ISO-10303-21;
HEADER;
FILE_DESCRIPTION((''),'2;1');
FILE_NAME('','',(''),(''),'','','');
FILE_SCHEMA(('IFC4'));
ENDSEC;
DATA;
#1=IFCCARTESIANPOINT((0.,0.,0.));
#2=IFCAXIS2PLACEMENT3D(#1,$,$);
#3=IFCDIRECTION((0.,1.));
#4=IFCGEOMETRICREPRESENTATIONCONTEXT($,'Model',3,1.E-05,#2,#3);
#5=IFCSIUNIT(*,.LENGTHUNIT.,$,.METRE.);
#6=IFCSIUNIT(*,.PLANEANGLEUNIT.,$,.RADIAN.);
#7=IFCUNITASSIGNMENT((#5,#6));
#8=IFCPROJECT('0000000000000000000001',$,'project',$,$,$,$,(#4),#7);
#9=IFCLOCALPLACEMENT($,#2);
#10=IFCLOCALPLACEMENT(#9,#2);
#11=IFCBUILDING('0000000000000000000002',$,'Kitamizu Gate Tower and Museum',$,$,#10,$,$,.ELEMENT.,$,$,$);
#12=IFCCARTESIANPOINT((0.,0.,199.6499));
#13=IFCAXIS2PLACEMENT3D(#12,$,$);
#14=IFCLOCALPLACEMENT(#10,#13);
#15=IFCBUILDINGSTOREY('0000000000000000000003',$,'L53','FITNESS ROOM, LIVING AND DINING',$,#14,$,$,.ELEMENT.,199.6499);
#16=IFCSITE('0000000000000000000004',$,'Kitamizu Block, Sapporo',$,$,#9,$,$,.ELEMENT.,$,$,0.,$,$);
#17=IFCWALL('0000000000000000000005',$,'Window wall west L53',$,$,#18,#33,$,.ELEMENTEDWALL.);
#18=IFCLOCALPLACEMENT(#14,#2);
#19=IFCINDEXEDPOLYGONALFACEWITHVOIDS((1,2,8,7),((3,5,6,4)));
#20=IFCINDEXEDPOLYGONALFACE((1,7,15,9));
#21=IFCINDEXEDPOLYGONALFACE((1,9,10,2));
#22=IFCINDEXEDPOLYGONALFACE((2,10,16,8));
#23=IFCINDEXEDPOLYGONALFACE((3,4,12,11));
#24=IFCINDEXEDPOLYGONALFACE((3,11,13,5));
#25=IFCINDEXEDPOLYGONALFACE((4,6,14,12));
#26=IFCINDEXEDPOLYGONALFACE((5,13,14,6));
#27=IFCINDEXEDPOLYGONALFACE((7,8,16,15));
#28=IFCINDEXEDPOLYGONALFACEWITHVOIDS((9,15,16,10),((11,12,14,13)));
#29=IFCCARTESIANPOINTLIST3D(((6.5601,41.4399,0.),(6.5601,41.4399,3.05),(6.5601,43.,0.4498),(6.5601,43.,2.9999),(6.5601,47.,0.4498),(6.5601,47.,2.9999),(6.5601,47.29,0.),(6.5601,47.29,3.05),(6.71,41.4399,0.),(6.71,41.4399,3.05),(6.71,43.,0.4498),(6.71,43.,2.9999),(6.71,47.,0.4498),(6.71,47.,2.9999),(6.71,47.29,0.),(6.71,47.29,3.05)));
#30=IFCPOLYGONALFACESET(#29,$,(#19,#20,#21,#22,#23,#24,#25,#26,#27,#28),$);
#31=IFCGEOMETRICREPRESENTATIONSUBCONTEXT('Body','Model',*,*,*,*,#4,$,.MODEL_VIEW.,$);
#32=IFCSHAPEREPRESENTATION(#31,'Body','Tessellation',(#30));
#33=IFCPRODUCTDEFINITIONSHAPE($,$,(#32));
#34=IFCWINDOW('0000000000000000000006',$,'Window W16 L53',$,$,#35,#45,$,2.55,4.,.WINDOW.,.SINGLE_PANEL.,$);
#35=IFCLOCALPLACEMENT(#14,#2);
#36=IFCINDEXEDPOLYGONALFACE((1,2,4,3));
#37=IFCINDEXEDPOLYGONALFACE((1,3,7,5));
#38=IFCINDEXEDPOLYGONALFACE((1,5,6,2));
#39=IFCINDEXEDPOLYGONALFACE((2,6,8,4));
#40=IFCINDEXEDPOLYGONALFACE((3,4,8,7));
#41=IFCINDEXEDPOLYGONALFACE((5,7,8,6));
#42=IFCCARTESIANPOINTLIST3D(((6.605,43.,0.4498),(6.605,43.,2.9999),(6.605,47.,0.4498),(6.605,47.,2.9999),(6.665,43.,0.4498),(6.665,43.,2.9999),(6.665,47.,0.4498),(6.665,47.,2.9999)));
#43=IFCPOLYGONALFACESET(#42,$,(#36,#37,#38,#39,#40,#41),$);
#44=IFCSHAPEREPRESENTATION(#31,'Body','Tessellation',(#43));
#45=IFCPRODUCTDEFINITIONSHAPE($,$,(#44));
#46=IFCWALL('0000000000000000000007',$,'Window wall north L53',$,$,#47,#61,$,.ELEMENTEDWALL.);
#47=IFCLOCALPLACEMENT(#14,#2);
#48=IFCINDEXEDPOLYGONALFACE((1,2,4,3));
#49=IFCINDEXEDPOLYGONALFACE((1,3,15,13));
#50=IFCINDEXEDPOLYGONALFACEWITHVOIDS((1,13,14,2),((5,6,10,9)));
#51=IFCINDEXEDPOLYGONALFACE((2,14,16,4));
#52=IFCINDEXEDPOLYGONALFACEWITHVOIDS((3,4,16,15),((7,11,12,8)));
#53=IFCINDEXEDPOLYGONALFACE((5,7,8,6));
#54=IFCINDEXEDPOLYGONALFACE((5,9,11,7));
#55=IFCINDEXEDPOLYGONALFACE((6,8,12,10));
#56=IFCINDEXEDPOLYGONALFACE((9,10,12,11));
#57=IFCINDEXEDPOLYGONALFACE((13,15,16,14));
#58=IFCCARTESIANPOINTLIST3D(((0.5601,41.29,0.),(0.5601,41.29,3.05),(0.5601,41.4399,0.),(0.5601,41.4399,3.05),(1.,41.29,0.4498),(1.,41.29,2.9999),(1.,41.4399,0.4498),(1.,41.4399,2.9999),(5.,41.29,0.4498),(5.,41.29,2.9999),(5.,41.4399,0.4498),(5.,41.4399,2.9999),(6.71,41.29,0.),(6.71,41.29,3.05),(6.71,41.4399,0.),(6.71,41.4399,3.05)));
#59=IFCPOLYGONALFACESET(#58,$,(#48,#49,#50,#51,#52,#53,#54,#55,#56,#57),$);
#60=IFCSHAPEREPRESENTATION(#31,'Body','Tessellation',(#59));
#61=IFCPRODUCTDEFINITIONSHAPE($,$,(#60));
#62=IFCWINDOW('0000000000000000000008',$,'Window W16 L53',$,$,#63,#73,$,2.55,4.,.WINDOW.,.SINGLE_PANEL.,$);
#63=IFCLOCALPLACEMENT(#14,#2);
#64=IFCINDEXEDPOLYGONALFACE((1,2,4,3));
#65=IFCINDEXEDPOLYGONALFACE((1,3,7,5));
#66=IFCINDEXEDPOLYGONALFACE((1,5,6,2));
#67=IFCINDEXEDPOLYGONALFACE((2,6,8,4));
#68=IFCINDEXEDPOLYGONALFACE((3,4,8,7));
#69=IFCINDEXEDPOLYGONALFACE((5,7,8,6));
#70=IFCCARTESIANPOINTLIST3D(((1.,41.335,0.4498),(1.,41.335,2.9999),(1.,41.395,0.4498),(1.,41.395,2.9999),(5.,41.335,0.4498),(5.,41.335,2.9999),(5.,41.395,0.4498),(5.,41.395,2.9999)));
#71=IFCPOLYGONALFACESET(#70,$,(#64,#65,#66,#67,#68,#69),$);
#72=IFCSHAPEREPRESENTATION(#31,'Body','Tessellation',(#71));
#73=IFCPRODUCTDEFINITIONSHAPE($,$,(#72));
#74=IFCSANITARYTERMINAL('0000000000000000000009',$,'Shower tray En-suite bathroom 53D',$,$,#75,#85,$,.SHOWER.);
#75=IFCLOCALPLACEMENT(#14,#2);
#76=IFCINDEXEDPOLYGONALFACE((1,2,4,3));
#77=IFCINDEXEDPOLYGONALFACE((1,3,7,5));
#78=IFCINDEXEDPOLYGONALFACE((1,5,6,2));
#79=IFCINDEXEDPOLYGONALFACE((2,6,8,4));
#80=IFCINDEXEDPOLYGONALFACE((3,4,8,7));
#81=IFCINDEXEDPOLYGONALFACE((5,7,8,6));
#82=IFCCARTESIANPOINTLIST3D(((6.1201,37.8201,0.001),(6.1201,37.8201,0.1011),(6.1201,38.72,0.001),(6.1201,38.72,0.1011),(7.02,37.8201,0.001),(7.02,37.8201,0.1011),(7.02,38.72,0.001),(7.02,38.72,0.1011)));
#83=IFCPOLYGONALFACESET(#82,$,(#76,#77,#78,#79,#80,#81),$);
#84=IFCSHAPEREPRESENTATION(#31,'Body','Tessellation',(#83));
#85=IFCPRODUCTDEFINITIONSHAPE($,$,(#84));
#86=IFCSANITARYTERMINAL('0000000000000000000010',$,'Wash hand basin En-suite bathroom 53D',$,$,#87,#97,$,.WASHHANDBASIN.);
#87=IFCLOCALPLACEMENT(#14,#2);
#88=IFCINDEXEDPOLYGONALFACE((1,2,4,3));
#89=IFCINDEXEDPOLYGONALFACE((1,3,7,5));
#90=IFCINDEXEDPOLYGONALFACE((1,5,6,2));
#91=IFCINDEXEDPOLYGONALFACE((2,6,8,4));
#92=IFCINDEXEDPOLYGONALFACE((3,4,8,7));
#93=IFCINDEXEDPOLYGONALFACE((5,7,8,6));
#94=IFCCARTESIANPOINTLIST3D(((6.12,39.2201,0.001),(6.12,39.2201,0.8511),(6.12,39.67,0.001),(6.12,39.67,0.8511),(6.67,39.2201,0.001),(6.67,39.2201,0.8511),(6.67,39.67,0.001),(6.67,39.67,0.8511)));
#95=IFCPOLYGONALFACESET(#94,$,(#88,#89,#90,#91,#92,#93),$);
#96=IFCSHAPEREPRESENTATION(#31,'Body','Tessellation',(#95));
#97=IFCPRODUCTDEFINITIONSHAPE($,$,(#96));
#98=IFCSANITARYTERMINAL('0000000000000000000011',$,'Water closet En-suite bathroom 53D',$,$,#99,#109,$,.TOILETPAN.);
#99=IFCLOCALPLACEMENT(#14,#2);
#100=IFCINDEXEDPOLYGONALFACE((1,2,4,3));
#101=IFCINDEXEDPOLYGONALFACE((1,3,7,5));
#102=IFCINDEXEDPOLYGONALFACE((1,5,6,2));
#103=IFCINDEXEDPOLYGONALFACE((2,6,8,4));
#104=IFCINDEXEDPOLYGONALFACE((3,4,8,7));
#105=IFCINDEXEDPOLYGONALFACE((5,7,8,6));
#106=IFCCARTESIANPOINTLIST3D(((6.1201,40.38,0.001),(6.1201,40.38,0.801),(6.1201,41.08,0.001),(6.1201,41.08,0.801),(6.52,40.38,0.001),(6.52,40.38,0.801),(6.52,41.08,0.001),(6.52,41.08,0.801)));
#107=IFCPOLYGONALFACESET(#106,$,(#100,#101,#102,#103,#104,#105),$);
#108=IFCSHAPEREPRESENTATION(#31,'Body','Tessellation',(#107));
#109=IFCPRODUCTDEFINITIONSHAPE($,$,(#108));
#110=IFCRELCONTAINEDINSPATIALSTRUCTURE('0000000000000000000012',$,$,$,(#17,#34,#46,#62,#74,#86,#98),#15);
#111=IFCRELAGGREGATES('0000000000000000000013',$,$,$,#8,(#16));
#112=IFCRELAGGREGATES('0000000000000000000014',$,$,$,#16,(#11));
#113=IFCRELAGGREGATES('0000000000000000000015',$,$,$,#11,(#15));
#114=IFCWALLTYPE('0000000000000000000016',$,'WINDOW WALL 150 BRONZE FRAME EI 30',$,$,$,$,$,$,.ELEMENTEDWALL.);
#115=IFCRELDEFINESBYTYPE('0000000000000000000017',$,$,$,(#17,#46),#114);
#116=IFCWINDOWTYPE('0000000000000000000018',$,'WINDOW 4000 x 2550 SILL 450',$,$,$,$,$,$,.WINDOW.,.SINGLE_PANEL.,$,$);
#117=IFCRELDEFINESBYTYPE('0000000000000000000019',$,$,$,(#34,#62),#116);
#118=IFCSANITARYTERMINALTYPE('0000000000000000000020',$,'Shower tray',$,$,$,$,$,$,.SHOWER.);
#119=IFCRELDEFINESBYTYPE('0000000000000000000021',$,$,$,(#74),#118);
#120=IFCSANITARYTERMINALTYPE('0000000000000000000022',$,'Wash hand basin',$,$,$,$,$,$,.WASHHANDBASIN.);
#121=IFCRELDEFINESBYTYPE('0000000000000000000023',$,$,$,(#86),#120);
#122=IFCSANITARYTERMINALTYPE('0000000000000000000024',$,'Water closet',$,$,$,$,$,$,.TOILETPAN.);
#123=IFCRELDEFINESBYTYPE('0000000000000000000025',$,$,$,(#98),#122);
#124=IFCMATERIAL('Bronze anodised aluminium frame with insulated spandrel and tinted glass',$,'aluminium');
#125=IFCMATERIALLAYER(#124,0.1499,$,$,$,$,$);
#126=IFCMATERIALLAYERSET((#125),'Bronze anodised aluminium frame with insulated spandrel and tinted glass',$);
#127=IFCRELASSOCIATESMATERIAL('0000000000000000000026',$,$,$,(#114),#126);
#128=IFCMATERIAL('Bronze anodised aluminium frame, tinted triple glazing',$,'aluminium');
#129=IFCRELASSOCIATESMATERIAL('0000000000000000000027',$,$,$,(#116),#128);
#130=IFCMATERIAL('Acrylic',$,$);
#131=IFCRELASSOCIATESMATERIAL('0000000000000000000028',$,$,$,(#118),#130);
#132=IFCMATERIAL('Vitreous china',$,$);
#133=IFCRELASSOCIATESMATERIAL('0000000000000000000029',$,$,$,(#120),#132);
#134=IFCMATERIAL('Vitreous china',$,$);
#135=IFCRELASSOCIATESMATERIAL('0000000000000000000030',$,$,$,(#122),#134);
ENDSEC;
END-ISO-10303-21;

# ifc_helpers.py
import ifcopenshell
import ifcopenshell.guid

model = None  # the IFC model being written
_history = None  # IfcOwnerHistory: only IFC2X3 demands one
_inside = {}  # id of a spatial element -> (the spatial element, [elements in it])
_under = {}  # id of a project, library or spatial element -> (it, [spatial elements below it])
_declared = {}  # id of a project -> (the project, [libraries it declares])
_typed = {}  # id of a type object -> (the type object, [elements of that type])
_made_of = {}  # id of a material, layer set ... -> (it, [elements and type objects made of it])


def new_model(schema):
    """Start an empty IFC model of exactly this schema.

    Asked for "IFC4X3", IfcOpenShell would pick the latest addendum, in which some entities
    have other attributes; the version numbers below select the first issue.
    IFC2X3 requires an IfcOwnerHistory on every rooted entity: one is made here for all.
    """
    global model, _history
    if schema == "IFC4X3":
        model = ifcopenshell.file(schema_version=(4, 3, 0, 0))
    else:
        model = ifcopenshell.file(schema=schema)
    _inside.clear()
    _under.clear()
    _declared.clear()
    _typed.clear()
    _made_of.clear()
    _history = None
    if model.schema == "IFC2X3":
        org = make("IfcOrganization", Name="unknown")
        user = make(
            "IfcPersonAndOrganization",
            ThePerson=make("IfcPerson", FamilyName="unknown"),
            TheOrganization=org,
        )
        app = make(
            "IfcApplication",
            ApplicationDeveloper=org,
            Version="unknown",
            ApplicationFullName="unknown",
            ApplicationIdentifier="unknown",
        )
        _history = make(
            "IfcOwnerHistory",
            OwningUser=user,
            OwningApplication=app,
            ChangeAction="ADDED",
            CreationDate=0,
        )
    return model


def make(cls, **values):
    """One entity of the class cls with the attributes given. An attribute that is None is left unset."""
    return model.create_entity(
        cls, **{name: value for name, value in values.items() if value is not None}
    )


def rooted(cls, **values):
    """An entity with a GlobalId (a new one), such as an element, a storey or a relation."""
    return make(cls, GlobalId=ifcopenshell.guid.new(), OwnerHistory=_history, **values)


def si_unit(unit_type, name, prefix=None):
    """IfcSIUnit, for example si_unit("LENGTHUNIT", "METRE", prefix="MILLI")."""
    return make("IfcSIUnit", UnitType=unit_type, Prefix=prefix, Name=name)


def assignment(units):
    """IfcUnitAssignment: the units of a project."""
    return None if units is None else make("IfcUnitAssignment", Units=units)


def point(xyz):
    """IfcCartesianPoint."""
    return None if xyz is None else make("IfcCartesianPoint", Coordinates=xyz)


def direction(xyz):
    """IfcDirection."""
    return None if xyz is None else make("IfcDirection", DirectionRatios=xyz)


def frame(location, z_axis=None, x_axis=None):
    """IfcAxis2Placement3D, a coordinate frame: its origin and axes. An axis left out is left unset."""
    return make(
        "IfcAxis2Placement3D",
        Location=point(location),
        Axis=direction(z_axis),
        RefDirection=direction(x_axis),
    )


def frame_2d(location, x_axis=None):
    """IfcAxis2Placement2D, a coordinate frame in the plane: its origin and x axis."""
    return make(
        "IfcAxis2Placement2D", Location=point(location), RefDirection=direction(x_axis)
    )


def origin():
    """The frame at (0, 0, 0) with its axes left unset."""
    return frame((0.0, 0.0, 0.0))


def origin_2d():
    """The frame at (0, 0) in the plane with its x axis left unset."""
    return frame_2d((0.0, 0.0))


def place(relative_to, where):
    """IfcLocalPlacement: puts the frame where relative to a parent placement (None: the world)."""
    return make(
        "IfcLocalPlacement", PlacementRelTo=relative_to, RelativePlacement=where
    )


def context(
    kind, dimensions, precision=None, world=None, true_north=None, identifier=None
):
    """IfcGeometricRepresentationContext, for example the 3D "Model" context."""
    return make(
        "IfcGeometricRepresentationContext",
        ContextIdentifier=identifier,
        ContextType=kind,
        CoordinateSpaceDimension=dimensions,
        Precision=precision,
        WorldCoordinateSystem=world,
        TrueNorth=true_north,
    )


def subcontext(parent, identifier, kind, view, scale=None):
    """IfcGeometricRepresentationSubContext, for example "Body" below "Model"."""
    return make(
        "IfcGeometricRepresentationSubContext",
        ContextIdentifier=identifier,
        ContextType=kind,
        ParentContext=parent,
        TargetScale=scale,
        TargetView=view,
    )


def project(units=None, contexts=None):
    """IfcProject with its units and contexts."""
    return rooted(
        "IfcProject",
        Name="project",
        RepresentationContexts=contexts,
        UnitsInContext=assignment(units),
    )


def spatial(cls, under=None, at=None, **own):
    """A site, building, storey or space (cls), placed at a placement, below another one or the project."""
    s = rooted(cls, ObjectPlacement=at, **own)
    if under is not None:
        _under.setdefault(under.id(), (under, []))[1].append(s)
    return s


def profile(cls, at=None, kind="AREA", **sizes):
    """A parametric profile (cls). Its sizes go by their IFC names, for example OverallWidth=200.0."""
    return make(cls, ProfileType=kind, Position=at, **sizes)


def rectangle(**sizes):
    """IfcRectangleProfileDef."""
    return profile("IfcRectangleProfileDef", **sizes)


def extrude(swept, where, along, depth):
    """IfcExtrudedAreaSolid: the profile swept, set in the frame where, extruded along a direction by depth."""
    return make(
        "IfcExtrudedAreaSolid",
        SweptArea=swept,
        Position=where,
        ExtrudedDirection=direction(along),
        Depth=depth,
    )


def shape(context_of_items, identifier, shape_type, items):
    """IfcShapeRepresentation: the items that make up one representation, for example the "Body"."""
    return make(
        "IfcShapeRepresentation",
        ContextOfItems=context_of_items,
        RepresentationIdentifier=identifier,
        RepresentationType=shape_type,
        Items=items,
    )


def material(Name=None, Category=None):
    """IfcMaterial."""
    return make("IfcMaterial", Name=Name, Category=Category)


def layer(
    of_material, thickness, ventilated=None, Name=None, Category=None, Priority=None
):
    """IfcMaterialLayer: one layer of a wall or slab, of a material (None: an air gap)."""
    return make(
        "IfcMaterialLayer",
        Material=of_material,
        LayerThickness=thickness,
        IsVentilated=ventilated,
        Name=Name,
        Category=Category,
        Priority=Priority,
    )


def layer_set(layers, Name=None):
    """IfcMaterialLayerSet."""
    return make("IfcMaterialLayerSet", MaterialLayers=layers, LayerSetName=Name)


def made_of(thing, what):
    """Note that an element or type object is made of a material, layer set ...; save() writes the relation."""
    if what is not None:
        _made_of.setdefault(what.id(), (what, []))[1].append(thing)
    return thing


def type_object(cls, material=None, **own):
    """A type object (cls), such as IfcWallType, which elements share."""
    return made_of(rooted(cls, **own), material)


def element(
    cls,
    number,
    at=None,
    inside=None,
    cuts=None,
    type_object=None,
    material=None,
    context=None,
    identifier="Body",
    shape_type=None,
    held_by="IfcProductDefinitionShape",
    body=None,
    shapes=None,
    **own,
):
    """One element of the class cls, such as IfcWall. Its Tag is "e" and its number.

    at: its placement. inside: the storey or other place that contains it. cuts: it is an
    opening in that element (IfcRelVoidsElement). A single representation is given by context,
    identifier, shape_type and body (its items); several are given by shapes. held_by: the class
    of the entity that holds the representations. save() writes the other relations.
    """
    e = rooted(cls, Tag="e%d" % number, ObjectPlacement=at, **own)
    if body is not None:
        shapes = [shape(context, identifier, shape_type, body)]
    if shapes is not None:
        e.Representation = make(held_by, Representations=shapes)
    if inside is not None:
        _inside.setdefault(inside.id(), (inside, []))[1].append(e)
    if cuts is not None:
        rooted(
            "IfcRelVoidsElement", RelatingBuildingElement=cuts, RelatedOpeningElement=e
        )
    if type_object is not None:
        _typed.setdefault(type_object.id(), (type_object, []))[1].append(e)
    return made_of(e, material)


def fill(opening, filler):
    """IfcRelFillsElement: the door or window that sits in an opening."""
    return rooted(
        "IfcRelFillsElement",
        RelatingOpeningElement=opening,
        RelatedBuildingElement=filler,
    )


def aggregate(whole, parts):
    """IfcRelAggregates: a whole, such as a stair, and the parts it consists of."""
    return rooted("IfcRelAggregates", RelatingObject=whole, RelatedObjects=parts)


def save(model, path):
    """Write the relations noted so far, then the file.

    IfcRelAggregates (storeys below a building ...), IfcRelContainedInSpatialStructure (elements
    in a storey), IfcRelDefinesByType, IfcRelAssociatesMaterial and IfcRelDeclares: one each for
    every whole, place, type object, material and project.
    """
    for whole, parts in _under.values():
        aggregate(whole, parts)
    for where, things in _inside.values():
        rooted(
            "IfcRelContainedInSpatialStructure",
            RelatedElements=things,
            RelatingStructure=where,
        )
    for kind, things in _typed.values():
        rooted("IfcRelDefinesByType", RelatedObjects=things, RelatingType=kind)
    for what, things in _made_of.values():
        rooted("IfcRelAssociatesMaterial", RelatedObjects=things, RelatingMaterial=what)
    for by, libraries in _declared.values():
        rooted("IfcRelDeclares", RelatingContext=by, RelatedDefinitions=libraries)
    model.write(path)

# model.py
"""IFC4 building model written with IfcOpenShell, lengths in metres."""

from ifc_helpers import new_model, si_unit, direction, frame, frame_2d, origin, origin_2d, place, context, subcontext, project, spatial, rectangle, extrude, material, layer, layer_set, type_object, element, fill, save


model = new_model("IFC4")

# Units and contexts
model_context = context("Model", 3, precision=1e-05, world=origin(), true_north=direction((0.0, 1.0)))
body_context = subcontext(model_context, "Body", "Model", "MODEL_VIEW")
ifc_project = project(units=[si_unit("LENGTHUNIT", "METRE"), si_unit("PLANEANGLEUNIT", "RADIAN")], contexts=[model_context])

# Site, building, storey
site_placement = place(None, origin())
site = spatial("IfcSite", under=ifc_project, at=site_placement, Name="Kitamizu Block, Sapporo", CompositionType="ELEMENT", RefElevation=0.0)
building_placement = place(site_placement, origin())
building = spatial("IfcBuilding", under=site, at=building_placement, Name="Kitamizu Gate Tower and Museum", CompositionType="ELEMENT")
storey_placement = place(building_placement, frame((0.0, 0.0, 199.6499)))
storey = spatial("IfcBuildingStorey", under=building, at=storey_placement, Name="L53", Description="FITNESS ROOM, LIVING AND DINING", CompositionType="ELEMENT", Elevation=199.6499)

# Shared definitions
ifc_material_1 = material(Name="Bronze anodised aluminium frame with insulated spandrel and tinted glass", Category="aluminium")
ifc_layer_1 = layer(ifc_material_1, 0.1499)
ifc_layer_set_1 = layer_set([ifc_layer_1], Name="Bronze anodised aluminium frame with insulated spandrel and tinted glass")
wall_type_1 = type_object("IfcWallType", Name="WINDOW WALL 150 BRONZE FRAME EI 30", PredefinedType="ELEMENTEDWALL", material=ifc_layer_set_1)

# Walls, openings, windows
wall_1_placement = place(storey_placement, frame((6.635, 41.4399, 0.0), z_axis=(0.0, 0.0, 1.0), x_axis=(0.0, 1.0, 0.0)))
wall_1 = element("IfcWall", 1, at=wall_1_placement, inside=storey, type_object=wall_type_1, Name="Window wall west L53", PredefinedType="ELEMENTEDWALL", context=body_context, shape_type="SweptSolid", body=[
    extrude(rectangle(XDim=5.8501, YDim=0.1499, at=frame_2d((2.925, 0.0))), origin(), (0.0, 0.0, 1.0), 3.05),
])
opening_1_placement = place(wall_1_placement, frame((1.5601, 0.0, 0.45)))
opening_1 = element("IfcOpeningElement", 2, at=opening_1_placement, cuts=wall_1, PredefinedType="OPENING", context=body_context, shape_type="SweptSolid", body=[
    extrude(rectangle(XDim=4.0, YDim=2.55, at=frame_2d((2.0, 1.2749))), frame((0.0, 0.085, 0.0), z_axis=(0.0, -1.0, 0.0), x_axis=(1.0, 0.0, 0.0)), (0.0, 0.0, 1.0), 0.1699),
])
ifc_material_2 = material(Name="Bronze anodised aluminium frame, tinted triple glazing", Category="aluminium")
window_type_1 = type_object("IfcWindowType", Name="WINDOW 4000 x 2550 SILL 450", PartitioningType="SINGLE_PANEL", PredefinedType="WINDOW", material=ifc_material_2)
window_1_placement = place(opening_1_placement, origin())
window_1 = element("IfcWindow", 3, at=window_1_placement, inside=storey, type_object=window_type_1, Name="Window W16 L53", OverallHeight=2.55, OverallWidth=4.0, PartitioningType="SINGLE_PANEL", PredefinedType="WINDOW", context=body_context, shape_type="SweptSolid", body=[
    extrude(rectangle(XDim=4.0, YDim=2.55, at=frame_2d((2.0, 1.2749))), frame((0.0, 0.03, 0.0), z_axis=(0.0, -1.0, 0.0), x_axis=(1.0, 0.0, 0.0)), (0.0, 0.0, 1.0), 0.0601),
])
fill(opening_1, window_1)
wall_2_placement = place(storey_placement, frame((0.5601, 41.365, 0.0), z_axis=(0.0, 0.0, 1.0), x_axis=(1.0, 0.0, 0.0)))
wall_2 = element("IfcWall", 4, at=wall_2_placement, inside=storey, type_object=wall_type_1, Name="Window wall north L53", PredefinedType="ELEMENTEDWALL", context=body_context, shape_type="SweptSolid", body=[
    extrude(rectangle(XDim=6.1499, YDim=0.1499, at=frame_2d((3.075, 0.0))), origin(), (0.0, 0.0, 1.0), 3.05),
])
opening_2_placement = place(wall_2_placement, frame((0.4399, 0.0, 0.45)))
opening_2 = element("IfcOpeningElement", 5, at=opening_2_placement, cuts=wall_2, PredefinedType="OPENING", context=body_context, shape_type="SweptSolid", body=[
    extrude(rectangle(XDim=4.0, YDim=2.55, at=frame_2d((2.0, 1.2749))), frame((0.0, 0.085, 0.0), z_axis=(0.0, -1.0, 0.0), x_axis=(1.0, 0.0, 0.0)), (0.0, 0.0, 1.0), 0.1699),
])
window_2_placement = place(opening_2_placement, origin())
window_2 = element("IfcWindow", 6, at=window_2_placement, inside=storey, type_object=window_type_1, Name="Window W16 L53", OverallHeight=2.55, OverallWidth=4.0, PartitioningType="SINGLE_PANEL", PredefinedType="WINDOW", context=body_context, shape_type="SweptSolid", body=[
    extrude(rectangle(XDim=4.0, YDim=2.55, at=frame_2d((2.0, 1.2749))), frame((0.0, 0.03, 0.0), z_axis=(0.0, -1.0, 0.0), x_axis=(1.0, 0.0, 0.0)), (0.0, 0.0, 1.0), 0.0601),
])
fill(opening_2, window_2)

# Sanitary terminals
ifc_material_3 = material(Name="Acrylic")
sanitary_terminal_type_1 = type_object("IfcSanitaryTerminalType", Name="Shower tray", PredefinedType="SHOWER", material=ifc_material_3)
sanitary_terminal_1_placement = place(storey_placement, frame((6.5701, 38.27, 0.001), z_axis=(0.0, 0.0, 1.0), x_axis=(1.0, 0.0, 0.0)))
element("IfcSanitaryTerminal", 7, at=sanitary_terminal_1_placement, inside=storey, type_object=sanitary_terminal_type_1, Name="Shower tray En-suite bathroom 53D", PredefinedType="SHOWER", context=body_context, shape_type="SweptSolid", body=[
    extrude(rectangle(XDim=0.8999, YDim=0.8999, at=origin_2d()), origin(), (0.0, 0.0, 1.0), 0.1001),
])
ifc_material_4 = material(Name="Vitreous china")
sanitary_terminal_type_2 = type_object("IfcSanitaryTerminalType", Name="Wash hand basin", PredefinedType="WASHHANDBASIN", material=ifc_material_4)
sanitary_terminal_2_placement = place(storey_placement, frame((6.395, 39.4451, 0.001), z_axis=(0.0, 0.0, 1.0), x_axis=(1.0, 0.0, 0.0)))
element("IfcSanitaryTerminal", 8, at=sanitary_terminal_2_placement, inside=storey, type_object=sanitary_terminal_type_2, Name="Wash hand basin En-suite bathroom 53D", PredefinedType="WASHHANDBASIN", context=body_context, shape_type="SweptSolid", body=[
    extrude(rectangle(XDim=0.55, YDim=0.45, at=origin_2d()), origin(), (0.0, 0.0, 1.0), 0.8501),
])
ifc_material_5 = material(Name="Vitreous china")
sanitary_terminal_type_3 = type_object("IfcSanitaryTerminalType", Name="Water closet", PredefinedType="TOILETPAN", material=ifc_material_5)
sanitary_terminal_3_placement = place(storey_placement, frame((6.3201, 40.73, 0.001), z_axis=(0.0, 0.0, 1.0), x_axis=(1.0, 0.0, 0.0)))
element("IfcSanitaryTerminal", 9, at=sanitary_terminal_3_placement, inside=storey, type_object=sanitary_terminal_type_3, Name="Water closet En-suite bathroom 53D", PredefinedType="TOILETPAN", context=body_context, shape_type="SweptSolid", body=[
    extrude(rectangle(XDim=0.3999, YDim=0.7, at=origin_2d()), origin(), (0.0, 0.0, 1.0), 0.8),
])

save(model, "model.ifc")
